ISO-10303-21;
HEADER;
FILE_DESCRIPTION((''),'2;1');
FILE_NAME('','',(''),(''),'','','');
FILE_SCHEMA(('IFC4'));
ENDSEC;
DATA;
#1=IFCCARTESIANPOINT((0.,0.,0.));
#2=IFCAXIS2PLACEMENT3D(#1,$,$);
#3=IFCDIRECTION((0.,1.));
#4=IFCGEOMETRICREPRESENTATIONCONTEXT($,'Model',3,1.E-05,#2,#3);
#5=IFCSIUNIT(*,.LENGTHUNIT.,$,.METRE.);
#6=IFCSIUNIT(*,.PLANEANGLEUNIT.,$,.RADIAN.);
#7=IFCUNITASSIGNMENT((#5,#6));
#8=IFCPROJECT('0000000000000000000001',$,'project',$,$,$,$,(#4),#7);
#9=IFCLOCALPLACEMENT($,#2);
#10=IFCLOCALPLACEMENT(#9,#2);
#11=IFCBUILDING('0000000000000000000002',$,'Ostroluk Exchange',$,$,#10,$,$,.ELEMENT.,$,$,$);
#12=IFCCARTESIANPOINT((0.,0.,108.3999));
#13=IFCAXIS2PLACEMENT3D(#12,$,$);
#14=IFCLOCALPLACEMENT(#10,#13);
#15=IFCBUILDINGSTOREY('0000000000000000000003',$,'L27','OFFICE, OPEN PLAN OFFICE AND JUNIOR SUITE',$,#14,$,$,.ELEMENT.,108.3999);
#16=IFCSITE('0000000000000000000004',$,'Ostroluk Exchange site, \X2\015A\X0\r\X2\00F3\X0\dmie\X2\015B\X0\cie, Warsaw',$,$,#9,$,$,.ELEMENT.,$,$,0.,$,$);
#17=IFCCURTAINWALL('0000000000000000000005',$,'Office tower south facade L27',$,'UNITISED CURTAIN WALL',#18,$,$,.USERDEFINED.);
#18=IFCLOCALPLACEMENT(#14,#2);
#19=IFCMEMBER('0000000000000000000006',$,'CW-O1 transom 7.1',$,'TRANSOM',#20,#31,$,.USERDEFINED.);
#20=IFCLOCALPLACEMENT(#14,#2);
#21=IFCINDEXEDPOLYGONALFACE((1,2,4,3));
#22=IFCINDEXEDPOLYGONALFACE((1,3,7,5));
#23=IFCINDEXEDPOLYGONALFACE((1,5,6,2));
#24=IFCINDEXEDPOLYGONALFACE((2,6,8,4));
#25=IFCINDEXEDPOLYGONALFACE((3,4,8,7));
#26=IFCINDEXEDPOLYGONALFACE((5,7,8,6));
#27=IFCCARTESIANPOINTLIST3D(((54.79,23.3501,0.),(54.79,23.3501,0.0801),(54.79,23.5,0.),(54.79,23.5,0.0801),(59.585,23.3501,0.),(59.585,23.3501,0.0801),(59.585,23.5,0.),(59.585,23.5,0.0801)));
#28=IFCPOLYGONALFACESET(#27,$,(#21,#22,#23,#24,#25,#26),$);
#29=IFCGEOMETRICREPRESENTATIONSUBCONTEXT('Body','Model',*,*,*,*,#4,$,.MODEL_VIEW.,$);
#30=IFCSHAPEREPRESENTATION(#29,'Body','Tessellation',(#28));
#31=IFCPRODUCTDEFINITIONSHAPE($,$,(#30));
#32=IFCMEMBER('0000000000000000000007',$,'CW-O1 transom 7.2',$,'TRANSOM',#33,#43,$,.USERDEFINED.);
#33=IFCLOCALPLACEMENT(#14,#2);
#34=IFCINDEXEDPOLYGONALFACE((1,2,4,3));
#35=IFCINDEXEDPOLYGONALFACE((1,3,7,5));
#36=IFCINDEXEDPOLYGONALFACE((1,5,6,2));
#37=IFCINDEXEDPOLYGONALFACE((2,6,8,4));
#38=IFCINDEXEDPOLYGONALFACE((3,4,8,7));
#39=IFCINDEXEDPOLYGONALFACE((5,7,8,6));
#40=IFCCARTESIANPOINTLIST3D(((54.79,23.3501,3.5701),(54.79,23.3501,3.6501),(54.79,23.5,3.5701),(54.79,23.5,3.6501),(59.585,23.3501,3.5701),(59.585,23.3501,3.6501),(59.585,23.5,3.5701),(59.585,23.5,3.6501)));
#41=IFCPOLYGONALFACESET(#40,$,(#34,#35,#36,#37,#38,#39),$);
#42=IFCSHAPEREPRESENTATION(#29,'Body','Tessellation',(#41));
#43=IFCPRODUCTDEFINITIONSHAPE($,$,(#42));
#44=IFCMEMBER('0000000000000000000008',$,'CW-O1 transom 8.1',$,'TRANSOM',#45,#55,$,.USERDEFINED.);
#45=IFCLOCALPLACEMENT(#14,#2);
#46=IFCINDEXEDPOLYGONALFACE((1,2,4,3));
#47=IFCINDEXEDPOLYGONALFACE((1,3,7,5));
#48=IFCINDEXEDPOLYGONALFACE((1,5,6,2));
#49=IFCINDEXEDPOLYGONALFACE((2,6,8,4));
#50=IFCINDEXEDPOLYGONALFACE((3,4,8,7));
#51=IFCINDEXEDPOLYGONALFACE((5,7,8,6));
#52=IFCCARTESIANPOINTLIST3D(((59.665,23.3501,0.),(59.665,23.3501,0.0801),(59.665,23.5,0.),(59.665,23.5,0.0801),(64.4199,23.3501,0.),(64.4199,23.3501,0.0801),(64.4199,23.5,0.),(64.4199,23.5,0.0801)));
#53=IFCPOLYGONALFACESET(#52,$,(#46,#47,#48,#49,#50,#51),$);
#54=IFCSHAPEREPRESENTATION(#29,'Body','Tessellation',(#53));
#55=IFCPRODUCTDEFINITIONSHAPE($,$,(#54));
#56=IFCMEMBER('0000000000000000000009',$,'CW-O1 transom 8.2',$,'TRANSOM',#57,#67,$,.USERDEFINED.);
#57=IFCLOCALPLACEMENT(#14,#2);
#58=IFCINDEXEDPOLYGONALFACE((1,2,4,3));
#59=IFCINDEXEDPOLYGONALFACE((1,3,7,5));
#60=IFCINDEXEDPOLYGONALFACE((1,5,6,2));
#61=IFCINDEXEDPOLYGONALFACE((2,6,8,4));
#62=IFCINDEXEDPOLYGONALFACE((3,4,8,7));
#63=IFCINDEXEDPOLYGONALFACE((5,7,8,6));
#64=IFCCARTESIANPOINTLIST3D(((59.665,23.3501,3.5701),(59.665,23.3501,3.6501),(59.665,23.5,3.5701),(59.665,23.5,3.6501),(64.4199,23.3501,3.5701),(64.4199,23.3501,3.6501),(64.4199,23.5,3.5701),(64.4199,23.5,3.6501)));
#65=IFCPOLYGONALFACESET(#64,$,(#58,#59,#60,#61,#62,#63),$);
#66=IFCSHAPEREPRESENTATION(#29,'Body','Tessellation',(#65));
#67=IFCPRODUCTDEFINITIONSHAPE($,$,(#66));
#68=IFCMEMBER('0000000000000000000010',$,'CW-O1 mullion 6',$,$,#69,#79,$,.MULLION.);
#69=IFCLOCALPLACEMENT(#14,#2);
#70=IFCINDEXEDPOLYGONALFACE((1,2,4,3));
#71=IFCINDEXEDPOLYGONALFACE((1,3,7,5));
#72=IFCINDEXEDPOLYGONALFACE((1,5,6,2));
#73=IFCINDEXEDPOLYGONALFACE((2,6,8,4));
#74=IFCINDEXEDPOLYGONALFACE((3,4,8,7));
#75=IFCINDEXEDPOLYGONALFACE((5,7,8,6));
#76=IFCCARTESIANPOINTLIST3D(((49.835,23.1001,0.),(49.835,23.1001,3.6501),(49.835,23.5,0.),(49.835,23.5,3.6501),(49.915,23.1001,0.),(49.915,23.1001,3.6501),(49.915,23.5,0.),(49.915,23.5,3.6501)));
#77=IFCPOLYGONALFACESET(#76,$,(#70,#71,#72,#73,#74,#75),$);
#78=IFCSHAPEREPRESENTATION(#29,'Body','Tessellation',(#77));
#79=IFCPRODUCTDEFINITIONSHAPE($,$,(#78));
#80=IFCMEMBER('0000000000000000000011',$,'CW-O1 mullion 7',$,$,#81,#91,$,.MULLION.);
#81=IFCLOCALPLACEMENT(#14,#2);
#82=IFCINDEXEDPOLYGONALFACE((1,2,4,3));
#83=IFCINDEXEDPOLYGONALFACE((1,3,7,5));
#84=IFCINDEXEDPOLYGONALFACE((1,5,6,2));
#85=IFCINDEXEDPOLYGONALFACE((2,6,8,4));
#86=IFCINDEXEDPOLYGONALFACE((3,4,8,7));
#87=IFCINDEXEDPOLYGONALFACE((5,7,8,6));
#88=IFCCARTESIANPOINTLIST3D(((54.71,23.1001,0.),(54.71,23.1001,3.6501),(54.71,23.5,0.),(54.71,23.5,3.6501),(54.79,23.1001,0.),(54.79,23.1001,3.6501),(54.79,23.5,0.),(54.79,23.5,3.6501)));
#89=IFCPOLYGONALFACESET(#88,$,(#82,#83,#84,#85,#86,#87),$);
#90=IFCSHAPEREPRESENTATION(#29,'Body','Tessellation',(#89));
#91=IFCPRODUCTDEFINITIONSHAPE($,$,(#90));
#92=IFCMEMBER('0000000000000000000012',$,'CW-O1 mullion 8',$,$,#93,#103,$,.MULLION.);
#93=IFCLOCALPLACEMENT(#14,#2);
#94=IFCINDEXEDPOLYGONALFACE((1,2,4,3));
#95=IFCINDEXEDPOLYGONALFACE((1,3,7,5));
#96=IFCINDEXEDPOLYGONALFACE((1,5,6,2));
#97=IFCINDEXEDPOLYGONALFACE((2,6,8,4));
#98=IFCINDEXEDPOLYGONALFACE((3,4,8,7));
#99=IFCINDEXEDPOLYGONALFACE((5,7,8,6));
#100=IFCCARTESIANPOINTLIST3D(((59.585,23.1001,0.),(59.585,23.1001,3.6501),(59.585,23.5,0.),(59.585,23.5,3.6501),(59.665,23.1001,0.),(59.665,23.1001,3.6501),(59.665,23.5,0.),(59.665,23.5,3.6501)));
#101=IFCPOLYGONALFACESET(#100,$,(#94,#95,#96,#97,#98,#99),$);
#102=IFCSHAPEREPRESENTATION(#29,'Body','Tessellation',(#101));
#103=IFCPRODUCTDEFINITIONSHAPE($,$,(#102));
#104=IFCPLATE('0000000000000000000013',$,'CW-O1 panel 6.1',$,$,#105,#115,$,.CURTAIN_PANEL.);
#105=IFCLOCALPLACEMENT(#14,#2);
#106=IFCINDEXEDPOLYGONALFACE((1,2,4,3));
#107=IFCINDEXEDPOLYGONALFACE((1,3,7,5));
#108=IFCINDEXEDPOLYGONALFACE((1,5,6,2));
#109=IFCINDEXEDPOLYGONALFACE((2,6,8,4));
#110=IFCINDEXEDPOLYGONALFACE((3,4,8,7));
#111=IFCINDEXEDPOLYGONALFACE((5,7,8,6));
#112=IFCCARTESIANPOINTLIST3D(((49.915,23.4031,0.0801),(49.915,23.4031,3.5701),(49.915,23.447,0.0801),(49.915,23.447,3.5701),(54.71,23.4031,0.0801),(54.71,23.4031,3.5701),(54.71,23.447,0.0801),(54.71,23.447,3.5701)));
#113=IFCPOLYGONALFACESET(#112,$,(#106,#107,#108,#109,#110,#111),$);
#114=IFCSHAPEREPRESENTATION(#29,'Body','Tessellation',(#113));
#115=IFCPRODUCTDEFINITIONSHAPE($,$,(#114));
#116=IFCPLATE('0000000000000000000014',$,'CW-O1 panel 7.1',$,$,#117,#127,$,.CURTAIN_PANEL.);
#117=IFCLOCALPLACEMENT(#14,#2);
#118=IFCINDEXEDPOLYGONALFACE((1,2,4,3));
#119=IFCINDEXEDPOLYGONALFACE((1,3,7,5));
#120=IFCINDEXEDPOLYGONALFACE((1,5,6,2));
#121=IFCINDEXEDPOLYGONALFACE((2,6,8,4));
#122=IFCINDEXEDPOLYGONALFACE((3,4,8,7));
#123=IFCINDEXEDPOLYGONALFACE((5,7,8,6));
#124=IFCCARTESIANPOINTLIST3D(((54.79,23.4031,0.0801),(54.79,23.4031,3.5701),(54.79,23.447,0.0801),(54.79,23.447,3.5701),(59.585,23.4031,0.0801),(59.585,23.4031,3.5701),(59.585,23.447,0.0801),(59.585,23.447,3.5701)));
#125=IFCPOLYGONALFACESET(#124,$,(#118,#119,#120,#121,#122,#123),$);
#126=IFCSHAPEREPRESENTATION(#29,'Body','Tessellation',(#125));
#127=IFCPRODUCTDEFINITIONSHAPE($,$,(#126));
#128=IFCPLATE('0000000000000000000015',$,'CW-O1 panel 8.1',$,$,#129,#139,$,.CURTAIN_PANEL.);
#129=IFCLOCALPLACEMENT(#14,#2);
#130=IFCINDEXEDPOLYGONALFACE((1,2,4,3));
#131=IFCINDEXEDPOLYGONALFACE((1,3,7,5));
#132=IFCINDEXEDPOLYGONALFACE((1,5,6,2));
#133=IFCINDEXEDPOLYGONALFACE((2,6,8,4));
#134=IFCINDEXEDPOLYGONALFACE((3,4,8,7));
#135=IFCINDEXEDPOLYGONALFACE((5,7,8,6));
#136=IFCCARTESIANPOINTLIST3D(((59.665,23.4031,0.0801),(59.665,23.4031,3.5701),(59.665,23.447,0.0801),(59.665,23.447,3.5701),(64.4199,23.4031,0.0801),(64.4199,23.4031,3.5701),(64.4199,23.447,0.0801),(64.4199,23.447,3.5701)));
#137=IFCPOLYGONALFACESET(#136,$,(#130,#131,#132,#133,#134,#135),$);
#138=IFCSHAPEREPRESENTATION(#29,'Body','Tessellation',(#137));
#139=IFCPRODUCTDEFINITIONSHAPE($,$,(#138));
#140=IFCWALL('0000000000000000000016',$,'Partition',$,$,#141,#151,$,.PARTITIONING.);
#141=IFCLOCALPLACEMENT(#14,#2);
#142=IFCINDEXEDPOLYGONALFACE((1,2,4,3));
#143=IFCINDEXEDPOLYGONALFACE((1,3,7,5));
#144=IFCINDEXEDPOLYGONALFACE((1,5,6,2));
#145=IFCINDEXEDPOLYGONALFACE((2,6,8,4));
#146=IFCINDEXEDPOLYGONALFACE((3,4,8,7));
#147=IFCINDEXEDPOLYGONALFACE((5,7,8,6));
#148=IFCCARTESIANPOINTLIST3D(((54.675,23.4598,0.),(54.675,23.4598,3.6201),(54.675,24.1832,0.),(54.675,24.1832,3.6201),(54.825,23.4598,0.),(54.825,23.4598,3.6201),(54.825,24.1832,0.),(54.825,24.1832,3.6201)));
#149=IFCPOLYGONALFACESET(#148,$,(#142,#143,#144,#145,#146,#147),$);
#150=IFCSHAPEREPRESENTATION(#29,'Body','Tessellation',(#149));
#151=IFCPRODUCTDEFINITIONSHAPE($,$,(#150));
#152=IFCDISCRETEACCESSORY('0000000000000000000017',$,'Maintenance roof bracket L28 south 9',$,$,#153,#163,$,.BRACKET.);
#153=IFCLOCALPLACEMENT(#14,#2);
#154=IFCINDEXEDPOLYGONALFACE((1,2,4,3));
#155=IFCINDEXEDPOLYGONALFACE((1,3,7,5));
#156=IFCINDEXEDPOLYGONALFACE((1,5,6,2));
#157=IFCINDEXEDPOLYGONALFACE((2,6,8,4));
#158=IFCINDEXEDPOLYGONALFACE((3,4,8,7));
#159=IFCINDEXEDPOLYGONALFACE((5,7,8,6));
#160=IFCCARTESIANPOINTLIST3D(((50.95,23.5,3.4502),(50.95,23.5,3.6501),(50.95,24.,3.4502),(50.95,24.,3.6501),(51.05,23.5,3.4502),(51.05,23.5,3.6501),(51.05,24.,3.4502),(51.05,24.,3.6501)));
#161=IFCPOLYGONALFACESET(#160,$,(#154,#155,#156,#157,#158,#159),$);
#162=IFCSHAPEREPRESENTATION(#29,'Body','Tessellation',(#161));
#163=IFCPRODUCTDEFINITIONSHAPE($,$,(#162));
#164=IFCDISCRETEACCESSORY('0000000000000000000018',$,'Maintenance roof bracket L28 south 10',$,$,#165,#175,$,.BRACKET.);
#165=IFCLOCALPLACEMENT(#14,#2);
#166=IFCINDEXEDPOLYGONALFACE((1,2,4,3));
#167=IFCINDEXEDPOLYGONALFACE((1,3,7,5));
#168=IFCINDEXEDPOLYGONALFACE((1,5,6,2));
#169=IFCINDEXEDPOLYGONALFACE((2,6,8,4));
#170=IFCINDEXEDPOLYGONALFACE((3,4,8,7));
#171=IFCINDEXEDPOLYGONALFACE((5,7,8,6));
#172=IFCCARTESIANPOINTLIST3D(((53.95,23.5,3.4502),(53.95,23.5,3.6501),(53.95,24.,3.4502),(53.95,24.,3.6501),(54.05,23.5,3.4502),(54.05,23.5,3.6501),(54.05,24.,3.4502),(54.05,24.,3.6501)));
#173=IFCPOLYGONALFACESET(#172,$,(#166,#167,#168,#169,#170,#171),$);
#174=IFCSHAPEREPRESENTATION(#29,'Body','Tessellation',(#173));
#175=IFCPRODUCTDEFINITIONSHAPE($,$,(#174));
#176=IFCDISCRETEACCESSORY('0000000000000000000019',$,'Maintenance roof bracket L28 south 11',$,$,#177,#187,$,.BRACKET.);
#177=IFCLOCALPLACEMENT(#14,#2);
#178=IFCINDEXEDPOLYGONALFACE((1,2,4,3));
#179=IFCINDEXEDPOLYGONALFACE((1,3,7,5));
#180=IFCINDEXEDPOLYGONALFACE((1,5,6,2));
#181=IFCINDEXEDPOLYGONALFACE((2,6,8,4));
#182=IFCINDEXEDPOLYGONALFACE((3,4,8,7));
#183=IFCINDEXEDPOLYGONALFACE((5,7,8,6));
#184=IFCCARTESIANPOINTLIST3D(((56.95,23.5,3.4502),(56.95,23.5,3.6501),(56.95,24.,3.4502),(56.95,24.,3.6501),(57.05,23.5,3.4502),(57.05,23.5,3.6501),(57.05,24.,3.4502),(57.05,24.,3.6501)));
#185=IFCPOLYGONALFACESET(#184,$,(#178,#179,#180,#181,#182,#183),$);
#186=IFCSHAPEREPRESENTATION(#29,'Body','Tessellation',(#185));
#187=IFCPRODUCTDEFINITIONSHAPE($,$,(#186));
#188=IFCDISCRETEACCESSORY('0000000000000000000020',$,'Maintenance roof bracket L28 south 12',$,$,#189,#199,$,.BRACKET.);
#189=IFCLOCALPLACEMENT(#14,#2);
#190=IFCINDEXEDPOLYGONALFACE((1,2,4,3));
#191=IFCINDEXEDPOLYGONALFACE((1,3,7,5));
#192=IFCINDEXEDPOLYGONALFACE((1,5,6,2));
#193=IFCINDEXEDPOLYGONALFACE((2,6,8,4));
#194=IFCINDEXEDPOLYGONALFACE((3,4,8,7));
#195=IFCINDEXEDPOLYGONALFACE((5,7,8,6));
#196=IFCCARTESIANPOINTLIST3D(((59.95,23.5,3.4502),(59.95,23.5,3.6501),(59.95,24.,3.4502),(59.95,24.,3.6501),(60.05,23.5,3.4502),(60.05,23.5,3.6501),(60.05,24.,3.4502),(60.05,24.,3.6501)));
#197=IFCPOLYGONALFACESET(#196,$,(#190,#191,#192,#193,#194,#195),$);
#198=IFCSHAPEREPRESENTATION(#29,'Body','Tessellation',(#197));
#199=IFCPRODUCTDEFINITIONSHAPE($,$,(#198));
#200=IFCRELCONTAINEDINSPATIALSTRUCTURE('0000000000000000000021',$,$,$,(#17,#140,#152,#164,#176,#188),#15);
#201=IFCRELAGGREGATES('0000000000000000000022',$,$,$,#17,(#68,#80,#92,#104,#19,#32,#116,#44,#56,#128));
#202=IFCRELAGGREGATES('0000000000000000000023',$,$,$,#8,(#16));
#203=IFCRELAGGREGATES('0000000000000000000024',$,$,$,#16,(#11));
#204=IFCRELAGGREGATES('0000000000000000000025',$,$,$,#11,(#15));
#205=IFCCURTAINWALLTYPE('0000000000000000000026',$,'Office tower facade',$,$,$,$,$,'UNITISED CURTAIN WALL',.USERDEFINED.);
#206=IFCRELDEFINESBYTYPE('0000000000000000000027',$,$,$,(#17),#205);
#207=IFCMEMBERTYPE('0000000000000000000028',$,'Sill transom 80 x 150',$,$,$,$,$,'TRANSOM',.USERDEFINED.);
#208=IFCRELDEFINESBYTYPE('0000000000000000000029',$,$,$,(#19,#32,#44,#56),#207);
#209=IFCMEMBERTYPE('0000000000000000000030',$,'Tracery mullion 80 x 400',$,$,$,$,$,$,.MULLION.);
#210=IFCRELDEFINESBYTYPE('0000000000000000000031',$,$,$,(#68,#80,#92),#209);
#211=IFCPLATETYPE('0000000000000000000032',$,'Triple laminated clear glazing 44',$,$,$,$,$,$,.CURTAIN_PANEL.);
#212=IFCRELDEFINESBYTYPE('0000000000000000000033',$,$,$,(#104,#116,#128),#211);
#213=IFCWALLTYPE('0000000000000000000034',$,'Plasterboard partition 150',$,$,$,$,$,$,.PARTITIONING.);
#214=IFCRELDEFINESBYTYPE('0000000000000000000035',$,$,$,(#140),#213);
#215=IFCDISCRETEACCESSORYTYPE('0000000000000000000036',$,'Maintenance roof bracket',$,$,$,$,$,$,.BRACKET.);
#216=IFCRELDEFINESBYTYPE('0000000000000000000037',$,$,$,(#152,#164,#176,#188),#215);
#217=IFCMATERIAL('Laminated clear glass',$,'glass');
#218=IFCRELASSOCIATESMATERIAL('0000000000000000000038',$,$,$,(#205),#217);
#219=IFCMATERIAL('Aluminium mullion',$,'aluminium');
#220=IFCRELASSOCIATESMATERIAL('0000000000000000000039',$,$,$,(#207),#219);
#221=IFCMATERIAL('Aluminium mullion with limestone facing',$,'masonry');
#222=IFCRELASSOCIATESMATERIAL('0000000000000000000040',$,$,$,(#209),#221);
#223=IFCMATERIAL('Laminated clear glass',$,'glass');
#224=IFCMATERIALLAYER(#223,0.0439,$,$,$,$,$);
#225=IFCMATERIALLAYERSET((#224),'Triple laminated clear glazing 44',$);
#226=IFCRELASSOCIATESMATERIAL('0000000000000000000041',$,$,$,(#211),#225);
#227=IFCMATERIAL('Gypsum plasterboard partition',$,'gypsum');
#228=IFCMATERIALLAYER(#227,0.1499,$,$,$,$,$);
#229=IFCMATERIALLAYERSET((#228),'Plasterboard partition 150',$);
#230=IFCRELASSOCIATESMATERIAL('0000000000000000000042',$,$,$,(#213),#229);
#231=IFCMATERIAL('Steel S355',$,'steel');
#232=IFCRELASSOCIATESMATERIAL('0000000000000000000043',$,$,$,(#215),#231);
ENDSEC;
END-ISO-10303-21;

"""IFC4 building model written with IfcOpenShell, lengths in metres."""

from ifc_helpers import new_model, si_unit, direction, frame, frame_2d, origin, origin_2d, place, context, subcontext, project, spatial, rectangle, extrude, material, layer, layer_set, material_profile, profile_set, type_object, element, aggregate, save


model = new_model("IFC4")

# Units and contexts
model_context = context("Model", 3, precision=1e-05, world=origin(), true_north=direction((0.0, 1.0)))
body_context = subcontext(model_context, "Body", "Model", "MODEL_VIEW")
ifc_project = project(units=[si_unit("LENGTHUNIT", "METRE"), si_unit("PLANEANGLEUNIT", "RADIAN")], contexts=[model_context])

# Site, building, storey
site_placement = place(None, origin())
site = spatial("IfcSite", under=ifc_project, at=site_placement, Name="Ostroluk Exchange site, Śródmieście, Warsaw", CompositionType="ELEMENT", RefElevation=0.0)
building_placement = place(site_placement, origin())
building = spatial("IfcBuilding", under=site, at=building_placement, Name="Ostroluk Exchange", CompositionType="ELEMENT")
storey_placement = place(building_placement, frame((0.0, 0.0, 108.3999)))
storey = spatial("IfcBuildingStorey", under=building, at=storey_placement, Name="L27", Description="OFFICE, OPEN PLAN OFFICE AND JUNIOR SUITE", CompositionType="ELEMENT", Elevation=108.3999)

# Curtain wall, members, plates
ifc_material_1 = material(Name="Laminated clear glass", Category="glass")
curtain_wall_type = type_object("IfcCurtainWallType", Name="Office tower facade", ElementType="UNITISED CURTAIN WALL", PredefinedType="USERDEFINED", material=ifc_material_1)
curtain_wall_placement = place(storey_placement, origin())
curtain_wall = element("IfcCurtainWall", 1, at=curtain_wall_placement, inside=storey, type_object=curtain_wall_type, Name="Office tower south facade L27", ObjectType="UNITISED CURTAIN WALL", PredefinedType="USERDEFINED")
ifc_material_2 = material(Name="Aluminium mullion", Category="aluminium")
ifc_material_profile_1 = material_profile(ifc_material_2, rectangle(XDim=0.1499, YDim=0.0801, at=origin_2d()), Name="Sill transom 80 x 150")
ifc_profile_set_1 = profile_set([ifc_material_profile_1], Name="Aluminium mullion")
member_type_1 = type_object("IfcMemberType", Name="Sill transom 80 x 150", ElementType="TRANSOM", PredefinedType="USERDEFINED", material=ifc_profile_set_1)
member_1_placement = place(storey_placement, frame((54.79, 23.425, 0.04), z_axis=(1.0, 0.0, 0.0), x_axis=(0.0, 1.0, 0.0)))
member_1 = element("IfcMember", 2, at=member_1_placement, type_object=member_type_1, Name="CW-O1 transom 7.1", ObjectType="TRANSOM", PredefinedType="USERDEFINED", context=body_context, shape_type="SweptSolid", body=[
    extrude(rectangle(XDim=0.1499, YDim=0.0801, at=origin_2d()), origin(), (0.0, 0.0, 1.0), 4.7949),
])
member_2_placement = place(storey_placement, frame((54.79, 23.425, 3.6101), z_axis=(1.0, 0.0, 0.0), x_axis=(0.0, 1.0, 0.0)))
member_2 = element("IfcMember", 3, at=member_2_placement, type_object=member_type_1, Name="CW-O1 transom 7.2", ObjectType="TRANSOM", PredefinedType="USERDEFINED", context=body_context, shape_type="SweptSolid", body=[
    extrude(rectangle(XDim=0.1499, YDim=0.0801, at=origin_2d()), origin(), (0.0, 0.0, 1.0), 4.7949),
])
member_3_placement = place(storey_placement, frame((59.665, 23.425, 0.04), z_axis=(1.0, 0.0, 0.0), x_axis=(0.0, 1.0, 0.0)))
member_3 = element("IfcMember", 4, at=member_3_placement, type_object=member_type_1, Name="CW-O1 transom 8.1", ObjectType="TRANSOM", PredefinedType="USERDEFINED", context=body_context, shape_type="SweptSolid", body=[
    extrude(rectangle(XDim=0.1499, YDim=0.0801, at=origin_2d()), origin(), (0.0, 0.0, 1.0), 4.7549),
])
member_4_placement = place(storey_placement, frame((59.665, 23.425, 3.6101), z_axis=(1.0, 0.0, 0.0), x_axis=(0.0, 1.0, 0.0)))
member_4 = element("IfcMember", 5, at=member_4_placement, type_object=member_type_1, Name="CW-O1 transom 8.2", ObjectType="TRANSOM", PredefinedType="USERDEFINED", context=body_context, shape_type="SweptSolid", body=[
    extrude(rectangle(XDim=0.1499, YDim=0.0801, at=origin_2d()), origin(), (0.0, 0.0, 1.0), 4.7549),
])
ifc_material_3 = material(Name="Aluminium mullion with limestone facing", Category="masonry")
ifc_material_profile_2 = material_profile(ifc_material_3, rectangle(XDim=0.3999, YDim=0.0801, at=origin_2d()), Name="Tracery mullion 80 x 400")
ifc_profile_set_2 = profile_set([ifc_material_profile_2], Name="Aluminium mullion with limestone facing")
member_type_2 = type_object("IfcMemberType", Name="Tracery mullion 80 x 400", PredefinedType="MULLION", material=ifc_profile_set_2)
member_5_placement = place(storey_placement, frame((49.875, 23.3, 0.0), z_axis=(0.0, 0.0, 1.0), x_axis=(0.0, 1.0, 0.0)))
member_5 = element("IfcMember", 6, at=member_5_placement, type_object=member_type_2, Name="CW-O1 mullion 6", PredefinedType="MULLION", context=body_context, shape_type="SweptSolid", body=[
    extrude(rectangle(XDim=0.3999, YDim=0.0801, at=origin_2d()), origin(), (0.0, 0.0, 1.0), 3.6501),
])
member_6_placement = place(storey_placement, frame((54.75, 23.3, 0.0), z_axis=(0.0, 0.0, 1.0), x_axis=(0.0, 1.0, 0.0)))
member_6 = element("IfcMember", 7, at=member_6_placement, type_object=member_type_2, Name="CW-O1 mullion 7", PredefinedType="MULLION", context=body_context, shape_type="SweptSolid", body=[
    extrude(rectangle(XDim=0.3999, YDim=0.0801, at=origin_2d()), origin(), (0.0, 0.0, 1.0), 3.6501),
])
member_7_placement = place(storey_placement, frame((59.625, 23.3, 0.0), z_axis=(0.0, 0.0, 1.0), x_axis=(0.0, 1.0, 0.0)))
member_7 = element("IfcMember", 8, at=member_7_placement, type_object=member_type_2, Name="CW-O1 mullion 8", PredefinedType="MULLION", context=body_context, shape_type="SweptSolid", body=[
    extrude(rectangle(XDim=0.3999, YDim=0.0801, at=origin_2d()), origin(), (0.0, 0.0, 1.0), 3.6501),
])
ifc_material_4 = material(Name="Laminated clear glass", Category="glass")
ifc_layer_1 = layer(ifc_material_4, 0.0439)
ifc_layer_set_1 = layer_set([ifc_layer_1], Name="Triple laminated clear glazing 44")
plate_type = type_object("IfcPlateType", Name="Triple laminated clear glazing 44", PredefinedType="CURTAIN_PANEL", material=ifc_layer_set_1)
plate_1_placement = place(storey_placement, frame((52.3125, 23.425, 0.0801), z_axis=(0.0, 0.0, 1.0), x_axis=(1.0, 0.0, 0.0)))
plate_1 = element("IfcPlate", 9, at=plate_1_placement, type_object=plate_type, Name="CW-O1 panel 6.1", PredefinedType="CURTAIN_PANEL", context=body_context, shape_type="SweptSolid", body=[
    extrude(rectangle(XDim=4.7949, YDim=0.0439, at=origin_2d()), origin(), (0.0, 0.0, 1.0), 3.49),
])
plate_2_placement = place(storey_placement, frame((57.1875, 23.425, 0.0801), z_axis=(0.0, 0.0, 1.0), x_axis=(1.0, 0.0, 0.0)))
plate_2 = element("IfcPlate", 10, at=plate_2_placement, type_object=plate_type, Name="CW-O1 panel 7.1", PredefinedType="CURTAIN_PANEL", context=body_context, shape_type="SweptSolid", body=[
    extrude(rectangle(XDim=4.7949, YDim=0.0439, at=origin_2d()), origin(), (0.0, 0.0, 1.0), 3.49),
])
plate_3_placement = place(storey_placement, frame((62.0425, 23.425, 0.0801), z_axis=(0.0, 0.0, 1.0), x_axis=(1.0, 0.0, 0.0)))
plate_3 = element("IfcPlate", 11, at=plate_3_placement, type_object=plate_type, Name="CW-O1 panel 8.1", PredefinedType="CURTAIN_PANEL", context=body_context, shape_type="SweptSolid", body=[
    extrude(rectangle(XDim=4.7549, YDim=0.0439, at=origin_2d()), origin(), (0.0, 0.0, 1.0), 3.49),
])
aggregate(curtain_wall, [member_5, member_6, member_7, plate_1, member_1, member_2, plate_2, member_3, member_4, plate_3])

# Wall
ifc_material_5 = material(Name="Gypsum plasterboard partition", Category="gypsum")
ifc_layer_2 = layer(ifc_material_5, 0.1499)
ifc_layer_set_2 = layer_set([ifc_layer_2], Name="Plasterboard partition 150")
wall_type = type_object("IfcWallType", Name="Plasterboard partition 150", PredefinedType="PARTITIONING", material=ifc_layer_set_2)
wall_placement = place(storey_placement, frame((54.75, 24.1833, 0.0), z_axis=(0.0, 0.0, 1.0), x_axis=(0.0, -1.0, 0.0)))
element("IfcWall", 12, at=wall_placement, inside=storey, type_object=wall_type, Name="Partition", PredefinedType="PARTITIONING", context=body_context, shape_type="SweptSolid", body=[
    extrude(rectangle(XDim=0.7234, YDim=0.1499, at=frame_2d((0.3618, 0.0))), origin(), (0.0, 0.0, 1.0), 3.6201),
])

# Discrete accessories
ifc_material_6 = material(Name="Steel S355", Category="steel")
discrete_accessory_type = type_object("IfcDiscreteAccessoryType", Name="Maintenance roof bracket", PredefinedType="BRACKET", material=ifc_material_6)
for number, where, z_axis, x_axis, name in (
    (13, (51.0, 23.75, 3.4502), (0.0, 0.0, 1.0), (1.0, 0.0, 0.0), "Maintenance roof bracket L28 south 9"),
    (14, (54.0, 23.75, 3.4502), (0.0, 0.0, 1.0), (1.0, 0.0, 0.0), "Maintenance roof bracket L28 south 10"),
    (15, (57.0, 23.75, 3.4502), (0.0, 0.0, 1.0), (1.0, 0.0, 0.0), "Maintenance roof bracket L28 south 11"),
    (16, (60.0, 23.75, 3.4502), (0.0, 0.0, 1.0), (1.0, 0.0, 0.0), "Maintenance roof bracket L28 south 12"),
):
    element("IfcDiscreteAccessory", number, at=place(storey_placement, frame(where, z_axis=z_axis, x_axis=x_axis)), inside=storey, type_object=discrete_accessory_type, Name=name, PredefinedType="BRACKET", context=body_context, shape_type="SweptSolid", body=[
        extrude(rectangle(XDim=0.1001, YDim=0.5, at=origin_2d()), origin(), (0.0, 0.0, 1.0), 0.2),
    ])

save(model, "model.ifc")
